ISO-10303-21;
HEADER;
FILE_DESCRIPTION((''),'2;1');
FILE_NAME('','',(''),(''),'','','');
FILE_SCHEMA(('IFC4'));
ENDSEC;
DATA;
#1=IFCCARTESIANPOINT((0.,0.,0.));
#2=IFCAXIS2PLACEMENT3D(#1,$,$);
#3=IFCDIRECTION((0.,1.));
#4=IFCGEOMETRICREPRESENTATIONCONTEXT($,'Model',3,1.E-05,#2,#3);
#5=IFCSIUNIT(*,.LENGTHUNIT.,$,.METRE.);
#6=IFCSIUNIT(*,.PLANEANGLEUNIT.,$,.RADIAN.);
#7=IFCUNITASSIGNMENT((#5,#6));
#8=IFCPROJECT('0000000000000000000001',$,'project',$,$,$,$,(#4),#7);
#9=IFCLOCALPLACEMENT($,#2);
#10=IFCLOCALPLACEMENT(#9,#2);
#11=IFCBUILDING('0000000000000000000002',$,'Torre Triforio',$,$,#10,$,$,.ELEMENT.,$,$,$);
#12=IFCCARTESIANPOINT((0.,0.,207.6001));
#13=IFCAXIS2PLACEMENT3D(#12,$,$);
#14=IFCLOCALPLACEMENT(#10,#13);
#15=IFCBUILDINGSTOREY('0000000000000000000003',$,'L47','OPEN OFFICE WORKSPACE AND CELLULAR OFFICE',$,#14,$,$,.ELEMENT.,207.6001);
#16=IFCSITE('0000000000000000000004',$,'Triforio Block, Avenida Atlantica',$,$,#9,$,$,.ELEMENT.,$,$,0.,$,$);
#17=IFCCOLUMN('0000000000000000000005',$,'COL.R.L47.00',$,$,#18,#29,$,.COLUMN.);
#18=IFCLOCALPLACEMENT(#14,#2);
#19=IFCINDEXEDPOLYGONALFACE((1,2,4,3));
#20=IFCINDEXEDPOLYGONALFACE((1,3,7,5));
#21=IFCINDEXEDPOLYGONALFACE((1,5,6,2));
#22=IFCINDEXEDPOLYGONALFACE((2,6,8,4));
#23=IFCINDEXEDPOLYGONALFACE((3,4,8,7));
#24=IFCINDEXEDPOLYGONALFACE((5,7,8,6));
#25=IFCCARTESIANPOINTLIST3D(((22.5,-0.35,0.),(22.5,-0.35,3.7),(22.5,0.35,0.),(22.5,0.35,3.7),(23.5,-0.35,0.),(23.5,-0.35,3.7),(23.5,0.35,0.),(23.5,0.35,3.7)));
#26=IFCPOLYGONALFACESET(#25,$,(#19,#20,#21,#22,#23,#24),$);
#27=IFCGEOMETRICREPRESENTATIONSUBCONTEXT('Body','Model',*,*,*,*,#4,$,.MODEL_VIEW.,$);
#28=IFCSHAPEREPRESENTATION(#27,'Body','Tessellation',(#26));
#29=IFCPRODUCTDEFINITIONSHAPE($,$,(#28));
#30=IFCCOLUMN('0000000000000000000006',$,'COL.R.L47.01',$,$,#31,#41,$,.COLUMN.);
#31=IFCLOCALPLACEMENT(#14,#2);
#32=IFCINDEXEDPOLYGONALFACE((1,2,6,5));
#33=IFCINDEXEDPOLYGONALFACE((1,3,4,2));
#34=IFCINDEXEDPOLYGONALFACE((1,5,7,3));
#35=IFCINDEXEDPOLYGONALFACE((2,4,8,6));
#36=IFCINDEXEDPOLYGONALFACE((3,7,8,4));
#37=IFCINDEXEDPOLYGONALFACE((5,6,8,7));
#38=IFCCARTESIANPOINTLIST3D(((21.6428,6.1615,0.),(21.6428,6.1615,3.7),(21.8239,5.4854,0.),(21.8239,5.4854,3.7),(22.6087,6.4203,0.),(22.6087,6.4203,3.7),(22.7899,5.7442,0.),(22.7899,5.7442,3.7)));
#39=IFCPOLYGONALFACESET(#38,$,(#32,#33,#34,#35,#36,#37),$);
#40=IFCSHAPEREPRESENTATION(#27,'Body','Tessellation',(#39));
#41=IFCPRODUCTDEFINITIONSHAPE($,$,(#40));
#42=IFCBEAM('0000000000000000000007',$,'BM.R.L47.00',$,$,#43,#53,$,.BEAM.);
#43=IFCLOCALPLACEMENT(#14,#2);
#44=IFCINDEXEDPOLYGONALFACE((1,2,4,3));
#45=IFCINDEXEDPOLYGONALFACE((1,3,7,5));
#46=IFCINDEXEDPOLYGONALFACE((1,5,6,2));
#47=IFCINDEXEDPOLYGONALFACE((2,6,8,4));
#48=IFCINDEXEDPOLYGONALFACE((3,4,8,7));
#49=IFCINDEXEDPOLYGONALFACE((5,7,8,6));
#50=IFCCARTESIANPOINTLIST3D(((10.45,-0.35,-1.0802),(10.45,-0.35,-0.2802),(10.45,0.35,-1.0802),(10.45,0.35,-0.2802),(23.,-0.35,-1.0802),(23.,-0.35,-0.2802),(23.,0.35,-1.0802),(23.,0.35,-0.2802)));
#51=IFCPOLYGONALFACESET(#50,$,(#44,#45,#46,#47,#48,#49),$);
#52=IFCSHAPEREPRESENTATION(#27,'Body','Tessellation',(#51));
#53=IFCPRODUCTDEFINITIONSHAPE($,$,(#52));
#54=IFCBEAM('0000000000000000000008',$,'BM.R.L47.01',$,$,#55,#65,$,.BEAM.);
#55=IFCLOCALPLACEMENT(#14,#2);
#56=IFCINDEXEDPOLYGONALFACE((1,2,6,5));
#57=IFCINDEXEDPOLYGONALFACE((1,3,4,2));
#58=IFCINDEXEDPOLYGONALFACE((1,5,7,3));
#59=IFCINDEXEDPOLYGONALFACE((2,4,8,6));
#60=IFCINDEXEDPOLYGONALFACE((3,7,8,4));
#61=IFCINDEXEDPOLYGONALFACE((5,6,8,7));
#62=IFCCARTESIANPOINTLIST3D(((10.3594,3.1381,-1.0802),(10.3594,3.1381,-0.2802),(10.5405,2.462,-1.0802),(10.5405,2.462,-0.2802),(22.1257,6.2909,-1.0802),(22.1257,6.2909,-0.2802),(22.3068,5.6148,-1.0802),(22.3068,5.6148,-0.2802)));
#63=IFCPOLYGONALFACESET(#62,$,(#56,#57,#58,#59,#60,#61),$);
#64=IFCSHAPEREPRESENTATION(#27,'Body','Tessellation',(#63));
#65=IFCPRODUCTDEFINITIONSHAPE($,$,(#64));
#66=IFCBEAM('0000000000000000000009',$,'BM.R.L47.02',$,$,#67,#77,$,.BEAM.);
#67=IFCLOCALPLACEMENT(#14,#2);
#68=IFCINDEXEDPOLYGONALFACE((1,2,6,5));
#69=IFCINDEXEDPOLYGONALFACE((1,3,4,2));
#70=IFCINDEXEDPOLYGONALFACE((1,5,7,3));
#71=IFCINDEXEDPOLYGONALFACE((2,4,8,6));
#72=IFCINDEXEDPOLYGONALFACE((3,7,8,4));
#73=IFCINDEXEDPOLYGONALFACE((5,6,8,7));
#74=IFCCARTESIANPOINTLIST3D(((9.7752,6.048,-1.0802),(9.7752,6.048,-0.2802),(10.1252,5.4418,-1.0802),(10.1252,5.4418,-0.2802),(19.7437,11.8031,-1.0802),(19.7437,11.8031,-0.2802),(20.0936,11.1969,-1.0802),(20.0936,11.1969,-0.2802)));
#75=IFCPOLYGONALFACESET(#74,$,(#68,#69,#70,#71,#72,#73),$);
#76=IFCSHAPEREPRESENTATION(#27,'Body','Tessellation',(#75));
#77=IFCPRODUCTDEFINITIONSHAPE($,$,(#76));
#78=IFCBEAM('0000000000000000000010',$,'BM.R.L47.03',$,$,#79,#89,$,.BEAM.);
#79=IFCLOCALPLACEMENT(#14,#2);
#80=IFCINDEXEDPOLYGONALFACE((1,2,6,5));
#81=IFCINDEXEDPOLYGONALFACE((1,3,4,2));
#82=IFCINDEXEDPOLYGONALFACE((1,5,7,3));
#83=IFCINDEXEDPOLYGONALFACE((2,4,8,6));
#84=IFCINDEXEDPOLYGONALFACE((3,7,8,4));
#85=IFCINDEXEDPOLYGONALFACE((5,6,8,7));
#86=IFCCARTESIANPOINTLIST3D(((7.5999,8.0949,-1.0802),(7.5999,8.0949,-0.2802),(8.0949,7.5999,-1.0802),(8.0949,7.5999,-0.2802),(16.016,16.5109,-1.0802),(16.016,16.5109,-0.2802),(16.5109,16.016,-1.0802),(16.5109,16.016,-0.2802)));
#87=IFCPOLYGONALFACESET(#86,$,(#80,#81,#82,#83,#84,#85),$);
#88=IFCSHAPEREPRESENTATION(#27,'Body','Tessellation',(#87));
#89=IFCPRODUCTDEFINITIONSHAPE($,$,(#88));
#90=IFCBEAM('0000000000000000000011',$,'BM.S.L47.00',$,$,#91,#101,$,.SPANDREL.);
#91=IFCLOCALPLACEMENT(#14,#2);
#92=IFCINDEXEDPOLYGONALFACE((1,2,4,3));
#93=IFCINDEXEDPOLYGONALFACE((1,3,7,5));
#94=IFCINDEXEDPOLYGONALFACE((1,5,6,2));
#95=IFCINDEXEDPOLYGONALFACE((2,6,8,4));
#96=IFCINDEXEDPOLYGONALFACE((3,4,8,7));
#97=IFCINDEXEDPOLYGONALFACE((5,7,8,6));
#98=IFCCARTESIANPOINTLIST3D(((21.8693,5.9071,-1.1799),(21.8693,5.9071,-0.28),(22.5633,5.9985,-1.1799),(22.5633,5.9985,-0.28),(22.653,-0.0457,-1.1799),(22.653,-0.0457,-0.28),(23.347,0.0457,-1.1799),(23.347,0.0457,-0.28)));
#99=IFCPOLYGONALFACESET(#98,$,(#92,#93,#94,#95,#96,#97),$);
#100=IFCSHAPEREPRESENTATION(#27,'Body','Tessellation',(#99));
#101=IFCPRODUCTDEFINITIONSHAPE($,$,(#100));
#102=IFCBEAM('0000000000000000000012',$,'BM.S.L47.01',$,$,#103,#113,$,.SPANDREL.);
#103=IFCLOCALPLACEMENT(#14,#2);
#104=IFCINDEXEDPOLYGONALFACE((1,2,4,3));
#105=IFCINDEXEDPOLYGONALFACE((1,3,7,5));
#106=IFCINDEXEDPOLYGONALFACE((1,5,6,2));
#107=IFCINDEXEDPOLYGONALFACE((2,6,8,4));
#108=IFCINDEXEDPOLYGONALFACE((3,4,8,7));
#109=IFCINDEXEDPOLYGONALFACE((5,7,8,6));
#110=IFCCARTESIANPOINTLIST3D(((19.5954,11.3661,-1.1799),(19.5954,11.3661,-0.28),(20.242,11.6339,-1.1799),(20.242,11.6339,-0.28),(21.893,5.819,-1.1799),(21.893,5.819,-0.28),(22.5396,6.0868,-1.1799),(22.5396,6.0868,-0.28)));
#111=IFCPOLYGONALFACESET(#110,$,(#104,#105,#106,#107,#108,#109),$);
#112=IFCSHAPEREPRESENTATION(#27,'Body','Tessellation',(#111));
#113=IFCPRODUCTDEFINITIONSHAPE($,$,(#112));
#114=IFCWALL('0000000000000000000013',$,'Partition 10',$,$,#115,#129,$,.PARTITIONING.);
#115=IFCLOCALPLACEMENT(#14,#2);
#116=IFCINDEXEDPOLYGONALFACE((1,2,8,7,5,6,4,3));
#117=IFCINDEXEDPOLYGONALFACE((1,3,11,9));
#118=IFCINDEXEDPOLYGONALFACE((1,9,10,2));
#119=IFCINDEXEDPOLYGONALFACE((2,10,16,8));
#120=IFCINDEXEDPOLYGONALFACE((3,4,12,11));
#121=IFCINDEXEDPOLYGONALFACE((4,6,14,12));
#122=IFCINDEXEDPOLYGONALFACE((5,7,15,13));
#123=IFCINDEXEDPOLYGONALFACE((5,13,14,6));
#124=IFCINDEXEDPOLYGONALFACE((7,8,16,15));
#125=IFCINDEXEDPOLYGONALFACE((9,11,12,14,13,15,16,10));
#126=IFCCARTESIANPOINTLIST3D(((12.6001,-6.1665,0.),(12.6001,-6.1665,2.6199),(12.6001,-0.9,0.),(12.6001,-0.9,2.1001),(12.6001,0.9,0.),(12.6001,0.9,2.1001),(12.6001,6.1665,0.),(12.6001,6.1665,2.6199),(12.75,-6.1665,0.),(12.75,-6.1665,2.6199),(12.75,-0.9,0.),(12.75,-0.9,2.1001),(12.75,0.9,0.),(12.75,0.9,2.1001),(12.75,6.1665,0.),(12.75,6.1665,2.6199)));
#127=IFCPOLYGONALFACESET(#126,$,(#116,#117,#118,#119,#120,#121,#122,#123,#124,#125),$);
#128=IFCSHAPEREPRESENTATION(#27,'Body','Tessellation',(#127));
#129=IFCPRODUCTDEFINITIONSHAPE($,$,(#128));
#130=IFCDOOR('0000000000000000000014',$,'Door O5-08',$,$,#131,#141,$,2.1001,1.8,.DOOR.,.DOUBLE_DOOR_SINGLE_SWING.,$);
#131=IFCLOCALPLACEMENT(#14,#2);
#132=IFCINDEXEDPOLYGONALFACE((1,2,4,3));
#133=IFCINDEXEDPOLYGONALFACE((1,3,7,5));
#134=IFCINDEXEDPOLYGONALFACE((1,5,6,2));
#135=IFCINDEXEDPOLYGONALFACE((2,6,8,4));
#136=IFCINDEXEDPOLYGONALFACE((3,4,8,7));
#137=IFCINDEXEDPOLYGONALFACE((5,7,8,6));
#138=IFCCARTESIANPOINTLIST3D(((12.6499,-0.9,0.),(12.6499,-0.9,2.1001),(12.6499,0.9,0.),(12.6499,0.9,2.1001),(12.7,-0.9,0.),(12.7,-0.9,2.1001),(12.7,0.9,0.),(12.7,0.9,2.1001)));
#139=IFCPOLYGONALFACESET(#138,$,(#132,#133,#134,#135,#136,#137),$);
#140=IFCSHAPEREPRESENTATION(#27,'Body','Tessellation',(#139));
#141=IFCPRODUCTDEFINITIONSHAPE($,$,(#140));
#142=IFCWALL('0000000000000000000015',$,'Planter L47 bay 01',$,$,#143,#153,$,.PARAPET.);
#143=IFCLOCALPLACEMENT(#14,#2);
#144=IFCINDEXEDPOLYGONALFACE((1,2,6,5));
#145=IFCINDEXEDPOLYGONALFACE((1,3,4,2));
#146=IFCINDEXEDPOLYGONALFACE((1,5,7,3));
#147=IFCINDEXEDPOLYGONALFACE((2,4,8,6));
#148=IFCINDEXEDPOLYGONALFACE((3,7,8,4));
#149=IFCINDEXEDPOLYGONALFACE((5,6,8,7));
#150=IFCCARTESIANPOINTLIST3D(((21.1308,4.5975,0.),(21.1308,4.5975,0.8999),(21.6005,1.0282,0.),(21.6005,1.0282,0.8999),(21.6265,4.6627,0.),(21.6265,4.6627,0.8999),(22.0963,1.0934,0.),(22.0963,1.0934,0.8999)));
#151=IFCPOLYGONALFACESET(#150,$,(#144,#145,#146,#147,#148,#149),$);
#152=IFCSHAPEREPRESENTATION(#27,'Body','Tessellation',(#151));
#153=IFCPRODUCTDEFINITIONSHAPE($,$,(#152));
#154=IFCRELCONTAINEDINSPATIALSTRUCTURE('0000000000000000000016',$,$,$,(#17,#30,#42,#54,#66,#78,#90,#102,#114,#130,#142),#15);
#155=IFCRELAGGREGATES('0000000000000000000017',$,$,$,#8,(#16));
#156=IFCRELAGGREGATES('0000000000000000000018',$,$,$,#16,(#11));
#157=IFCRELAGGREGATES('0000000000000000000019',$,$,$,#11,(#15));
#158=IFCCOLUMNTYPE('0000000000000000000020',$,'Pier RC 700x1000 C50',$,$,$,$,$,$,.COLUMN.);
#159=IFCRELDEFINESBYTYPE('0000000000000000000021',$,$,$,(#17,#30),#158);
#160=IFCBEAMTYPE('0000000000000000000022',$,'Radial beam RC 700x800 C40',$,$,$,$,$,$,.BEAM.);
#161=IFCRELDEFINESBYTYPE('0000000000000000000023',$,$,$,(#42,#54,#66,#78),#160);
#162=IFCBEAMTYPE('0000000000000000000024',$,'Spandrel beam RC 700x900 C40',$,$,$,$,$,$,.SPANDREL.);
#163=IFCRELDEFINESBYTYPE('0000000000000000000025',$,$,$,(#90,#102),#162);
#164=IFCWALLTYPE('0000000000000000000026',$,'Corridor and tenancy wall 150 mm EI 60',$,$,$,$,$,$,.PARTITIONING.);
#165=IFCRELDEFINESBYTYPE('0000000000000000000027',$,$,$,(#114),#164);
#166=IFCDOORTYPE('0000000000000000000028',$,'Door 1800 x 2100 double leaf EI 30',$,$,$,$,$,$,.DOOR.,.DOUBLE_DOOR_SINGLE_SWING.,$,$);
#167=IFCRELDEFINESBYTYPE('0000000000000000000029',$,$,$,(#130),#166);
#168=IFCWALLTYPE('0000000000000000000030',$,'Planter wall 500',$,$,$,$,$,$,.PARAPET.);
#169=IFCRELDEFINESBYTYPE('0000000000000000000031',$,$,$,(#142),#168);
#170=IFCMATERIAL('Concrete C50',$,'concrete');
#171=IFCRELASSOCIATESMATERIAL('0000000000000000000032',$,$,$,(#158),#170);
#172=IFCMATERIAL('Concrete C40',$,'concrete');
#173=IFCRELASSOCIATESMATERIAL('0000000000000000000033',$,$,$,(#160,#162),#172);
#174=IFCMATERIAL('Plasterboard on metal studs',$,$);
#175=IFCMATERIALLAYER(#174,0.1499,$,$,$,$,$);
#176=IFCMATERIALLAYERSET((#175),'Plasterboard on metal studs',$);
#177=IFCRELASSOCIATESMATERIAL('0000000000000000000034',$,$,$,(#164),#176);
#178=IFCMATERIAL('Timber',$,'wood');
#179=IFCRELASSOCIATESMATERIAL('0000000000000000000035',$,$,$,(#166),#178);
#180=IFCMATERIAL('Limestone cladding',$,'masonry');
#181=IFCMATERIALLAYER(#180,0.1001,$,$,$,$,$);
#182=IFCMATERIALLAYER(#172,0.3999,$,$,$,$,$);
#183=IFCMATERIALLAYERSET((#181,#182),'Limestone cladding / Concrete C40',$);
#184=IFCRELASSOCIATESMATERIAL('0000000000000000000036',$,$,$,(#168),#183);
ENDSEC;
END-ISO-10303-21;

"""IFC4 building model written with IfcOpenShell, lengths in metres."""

from ifc_helpers import new_model, si_unit, direction, frame, frame_2d, origin, origin_2d, place, context, subcontext, project, spatial, rectangle, extrude, material, layer, layer_set, material_profile, profile_set, type_object, element, fill, save


model = new_model("IFC4")

# Units and contexts
model_context = context("Model", 3, precision=1e-05, world=origin(), true_north=direction((0.0, 1.0)))
body_context = subcontext(model_context, "Body", "Model", "MODEL_VIEW")
ifc_project = project(units=[si_unit("LENGTHUNIT", "METRE"), si_unit("PLANEANGLEUNIT", "RADIAN")], contexts=[model_context])

# Site, building, storey
site_placement = place(None, origin())
site = spatial("IfcSite", under=ifc_project, at=site_placement, Name="Triforio Block, Avenida Atlantica", CompositionType="ELEMENT", RefElevation=0.0)
building_placement = place(site_placement, origin())
building = spatial("IfcBuilding", under=site, at=building_placement, Name="Torre Triforio", CompositionType="ELEMENT")
storey_placement = place(building_placement, frame((0.0, 0.0, 207.6001)))
storey = spatial("IfcBuildingStorey", under=building, at=storey_placement, Name="L47", Description="OPEN OFFICE WORKSPACE AND CELLULAR OFFICE", CompositionType="ELEMENT", Elevation=207.6001)

# Columns
ifc_material_1 = material(Name="Concrete C50", Category="concrete")
ifc_material_profile_1 = material_profile(ifc_material_1, rectangle(XDim=0.7, YDim=1.0, at=origin_2d()), Name="RC 700x1000")
ifc_profile_set_1 = profile_set([ifc_material_profile_1], Name="Concrete C50")
column_type = type_object("IfcColumnType", Name="Pier RC 700x1000 C50", PredefinedType="COLUMN", material=ifc_profile_set_1)
for number, where, z_axis, x_axis, name in (
    (1, (23.0, 0.0, 0.0), (0.0, 0.0, 1.0), (0.0, 1.0, 0.0), "COL.R.L47.00"),
    (2, (22.2163, 5.9529, 0.0), (0.0, 0.0, 1.0), (-0.258819, 0.965926, 0.0), "COL.R.L47.01"),
):
    element("IfcColumn", number, at=place(storey_placement, frame(where, z_axis=z_axis, x_axis=x_axis)), inside=storey, type_object=column_type, Name=name, PredefinedType="COLUMN", context=body_context, shape_type="SweptSolid", body=[
        extrude(rectangle(XDim=0.7, YDim=1.0, at=origin_2d()), origin(), (0.0, 0.0, 1.0), 3.7),
    ])

# Beams
ifc_material_2 = material(Name="Concrete C40", Category="concrete")
ifc_material_profile_2 = material_profile(ifc_material_2, rectangle(XDim=0.7, YDim=0.8, at=origin_2d()), Name="RC 700x800")
ifc_profile_set_2 = profile_set([ifc_material_profile_2], Name="Concrete C40")
beam_type_1 = type_object("IfcBeamType", Name="Radial beam RC 700x800 C40", PredefinedType="BEAM", material=ifc_profile_set_2)
beam_1_placement = place(storey_placement, frame((10.45, 0.0, -0.6802), z_axis=(1.0, 0.0, 0.0), x_axis=(0.0, 1.0, 0.0)))
element("IfcBeam", 3, at=beam_1_placement, inside=storey, type_object=beam_type_1, Name="BM.R.L47.00", PredefinedType="BEAM", context=body_context, shape_type="SweptSolid", body=[
    extrude(rectangle(XDim=0.7, YDim=0.8, at=origin_2d()), origin(), (0.0, 0.0, 1.0), 12.55),
])
beam_2_placement = place(storey_placement, frame((10.45, 2.8, -0.6802), z_axis=(0.965925, 0.258823, 0.0), x_axis=(-0.258823, 0.965925, 0.0)))
element("IfcBeam", 4, at=beam_2_placement, inside=storey, type_object=beam_type_1, Name="BM.R.L47.01", PredefinedType="BEAM", context=body_context, shape_type="SweptSolid", body=[
    extrude(rectangle(XDim=0.7, YDim=0.8, at=origin_2d()), origin(), (0.0, 0.0, 1.0), 12.1814),
])
beam_3_placement = place(storey_placement, frame((9.9502, 5.7449, -0.6802), z_axis=(0.866033, 0.499987, 0.0), x_axis=(-0.499987, 0.866033, 0.0)))
element("IfcBeam", 5, at=beam_3_placement, inside=storey, type_object=beam_type_1, Name="BM.R.L47.02", PredefinedType="BEAM", context=body_context, shape_type="SweptSolid", body=[
    extrude(rectangle(XDim=0.7, YDim=0.8, at=origin_2d()), origin(), (0.0, 0.0, 1.0), 11.5105),
])
beam_4_placement = place(storey_placement, frame((7.8474, 7.8474, -0.6802), z_axis=(0.707107, 0.707107, 0.0), x_axis=(-0.707107, 0.707107, 0.0)))
element("IfcBeam", 6, at=beam_4_placement, inside=storey, type_object=beam_type_1, Name="BM.R.L47.03", PredefinedType="BEAM", context=body_context, shape_type="SweptSolid", body=[
    extrude(rectangle(XDim=0.7, YDim=0.8, at=origin_2d()), origin(), (0.0, 0.0, 1.0), 11.9021),
])
ifc_material_profile_3 = material_profile(ifc_material_2, rectangle(XDim=0.7, YDim=0.8999, at=origin_2d()), Name="RC 700x900")
ifc_profile_set_3 = profile_set([ifc_material_profile_3], Name="Concrete C40")
beam_type_2 = type_object("IfcBeamType", Name="Spandrel beam RC 700x900 C40", PredefinedType="SPANDREL", material=ifc_profile_set_3)
for number, where, z_axis, x_axis, name in (
    (7, (23.0, 0.0, -0.73), (-0.130523, 0.991445, 0.0), (-0.991445, -0.130523, 0.0), "BM.S.L47.00"),
    (8, (22.2163, 5.9529, -0.73), (-0.382671, 0.923885, 0.0), (-0.923885, -0.382671, 0.0), "BM.S.L47.01"),
):
    element("IfcBeam", number, at=place(storey_placement, frame(where, z_axis=z_axis, x_axis=x_axis)), inside=storey, type_object=beam_type_2, Name=name, PredefinedType="SPANDREL", context=body_context, shape_type="SweptSolid", body=[
        extrude(rectangle(XDim=0.7, YDim=0.8999, at=origin_2d()), origin(), (0.0, 0.0, 1.0), 6.0042),
    ])

# Wall, opening, door
ifc_material_3 = material(Name="Plasterboard on metal studs")
ifc_layer_1 = layer(ifc_material_3, 0.1499)
ifc_layer_set_1 = layer_set([ifc_layer_1], Name="Plasterboard on metal studs")
wall_type_1 = type_object("IfcWallType", Name="Corridor and tenancy wall 150 mm EI 60", PredefinedType="PARTITIONING", material=ifc_layer_set_1)
wall_1_placement = place(storey_placement, frame((12.675, 6.1665, 0.0), z_axis=(0.0, 0.0, 1.0), x_axis=(0.0, -1.0, 0.0)))
wall_1 = element("IfcWall", 9, at=wall_1_placement, inside=storey, type_object=wall_type_1, Name="Partition 10", PredefinedType="PARTITIONING", context=body_context, shape_type="SweptSolid", body=[
    extrude(rectangle(XDim=12.333, YDim=0.1499, at=frame_2d((6.1665, 0.0))), origin(), (0.0, 0.0, 1.0), 2.6199),
])
opening_1_placement = place(wall_1_placement, frame((5.2666, 0.0, 0.0)))
opening_1 = element("IfcOpeningElement", 10, at=opening_1_placement, cuts=wall_1, PredefinedType="OPENING", context=body_context, shape_type="SweptSolid", body=[
    extrude(rectangle(XDim=1.8, YDim=2.1001, at=frame_2d((0.8999, 1.05))), frame((0.0, 0.085, 0.0), z_axis=(0.0, -1.0, 0.0), x_axis=(1.0, 0.0, 0.0)), (0.0, 0.0, 1.0), 0.1699),
])
ifc_material_4 = material(Name="Timber", Category="wood")
door_type_1 = type_object("IfcDoorType", Name="Door 1800 x 2100 double leaf EI 30", OperationType="DOUBLE_DOOR_SINGLE_SWING", PredefinedType="DOOR", material=ifc_material_4)
door_1_placement = place(opening_1_placement, origin())
door_1 = element("IfcDoor", 11, at=door_1_placement, inside=storey, type_object=door_type_1, Name="Door O5-08", OperationType="DOUBLE_DOOR_SINGLE_SWING", OverallHeight=2.1001, OverallWidth=1.8, PredefinedType="DOOR", context=body_context, shape_type="SweptSolid", body=[
    extrude(rectangle(XDim=1.8, YDim=2.1001, at=frame_2d((0.8999, 1.05))), frame((0.0, 0.0249, 0.0), z_axis=(0.0, -1.0, 0.0), x_axis=(1.0, 0.0, 0.0)), (0.0, 0.0, 1.0), 0.05),
])
fill(opening_1, door_1)

# Wall
ifc_material_5 = material(Name="Limestone cladding", Category="masonry")
ifc_layer_2 = layer(ifc_material_5, 0.1001)
ifc_layer_3 = layer(ifc_material_2, 0.3999)
ifc_layer_set_2 = layer_set([ifc_layer_2, ifc_layer_3], Name="Limestone cladding / Concrete C40")
wall_type_2 = type_object("IfcWallType", Name="Planter wall 500", PredefinedType="PARAPET", material=ifc_layer_set_2)
wall_2_placement = place(storey_placement, frame((21.8484, 1.0608, 0.0), z_axis=(0.0, 0.0, 1.0), x_axis=(-0.130476, 0.991452, 0.0)))
element("IfcWall", 12, at=wall_2_placement, inside=storey, type_object=wall_type_2, Name="Planter L47 bay 01", PredefinedType="PARAPET", context=body_context, shape_type="SweptSolid", body=[
    extrude(rectangle(XDim=3.6001, YDim=0.5, at=frame_2d((1.8, 0.0))), origin(), (0.0, 0.0, 1.0), 0.8999),
])

save(model, "model.ifc")
